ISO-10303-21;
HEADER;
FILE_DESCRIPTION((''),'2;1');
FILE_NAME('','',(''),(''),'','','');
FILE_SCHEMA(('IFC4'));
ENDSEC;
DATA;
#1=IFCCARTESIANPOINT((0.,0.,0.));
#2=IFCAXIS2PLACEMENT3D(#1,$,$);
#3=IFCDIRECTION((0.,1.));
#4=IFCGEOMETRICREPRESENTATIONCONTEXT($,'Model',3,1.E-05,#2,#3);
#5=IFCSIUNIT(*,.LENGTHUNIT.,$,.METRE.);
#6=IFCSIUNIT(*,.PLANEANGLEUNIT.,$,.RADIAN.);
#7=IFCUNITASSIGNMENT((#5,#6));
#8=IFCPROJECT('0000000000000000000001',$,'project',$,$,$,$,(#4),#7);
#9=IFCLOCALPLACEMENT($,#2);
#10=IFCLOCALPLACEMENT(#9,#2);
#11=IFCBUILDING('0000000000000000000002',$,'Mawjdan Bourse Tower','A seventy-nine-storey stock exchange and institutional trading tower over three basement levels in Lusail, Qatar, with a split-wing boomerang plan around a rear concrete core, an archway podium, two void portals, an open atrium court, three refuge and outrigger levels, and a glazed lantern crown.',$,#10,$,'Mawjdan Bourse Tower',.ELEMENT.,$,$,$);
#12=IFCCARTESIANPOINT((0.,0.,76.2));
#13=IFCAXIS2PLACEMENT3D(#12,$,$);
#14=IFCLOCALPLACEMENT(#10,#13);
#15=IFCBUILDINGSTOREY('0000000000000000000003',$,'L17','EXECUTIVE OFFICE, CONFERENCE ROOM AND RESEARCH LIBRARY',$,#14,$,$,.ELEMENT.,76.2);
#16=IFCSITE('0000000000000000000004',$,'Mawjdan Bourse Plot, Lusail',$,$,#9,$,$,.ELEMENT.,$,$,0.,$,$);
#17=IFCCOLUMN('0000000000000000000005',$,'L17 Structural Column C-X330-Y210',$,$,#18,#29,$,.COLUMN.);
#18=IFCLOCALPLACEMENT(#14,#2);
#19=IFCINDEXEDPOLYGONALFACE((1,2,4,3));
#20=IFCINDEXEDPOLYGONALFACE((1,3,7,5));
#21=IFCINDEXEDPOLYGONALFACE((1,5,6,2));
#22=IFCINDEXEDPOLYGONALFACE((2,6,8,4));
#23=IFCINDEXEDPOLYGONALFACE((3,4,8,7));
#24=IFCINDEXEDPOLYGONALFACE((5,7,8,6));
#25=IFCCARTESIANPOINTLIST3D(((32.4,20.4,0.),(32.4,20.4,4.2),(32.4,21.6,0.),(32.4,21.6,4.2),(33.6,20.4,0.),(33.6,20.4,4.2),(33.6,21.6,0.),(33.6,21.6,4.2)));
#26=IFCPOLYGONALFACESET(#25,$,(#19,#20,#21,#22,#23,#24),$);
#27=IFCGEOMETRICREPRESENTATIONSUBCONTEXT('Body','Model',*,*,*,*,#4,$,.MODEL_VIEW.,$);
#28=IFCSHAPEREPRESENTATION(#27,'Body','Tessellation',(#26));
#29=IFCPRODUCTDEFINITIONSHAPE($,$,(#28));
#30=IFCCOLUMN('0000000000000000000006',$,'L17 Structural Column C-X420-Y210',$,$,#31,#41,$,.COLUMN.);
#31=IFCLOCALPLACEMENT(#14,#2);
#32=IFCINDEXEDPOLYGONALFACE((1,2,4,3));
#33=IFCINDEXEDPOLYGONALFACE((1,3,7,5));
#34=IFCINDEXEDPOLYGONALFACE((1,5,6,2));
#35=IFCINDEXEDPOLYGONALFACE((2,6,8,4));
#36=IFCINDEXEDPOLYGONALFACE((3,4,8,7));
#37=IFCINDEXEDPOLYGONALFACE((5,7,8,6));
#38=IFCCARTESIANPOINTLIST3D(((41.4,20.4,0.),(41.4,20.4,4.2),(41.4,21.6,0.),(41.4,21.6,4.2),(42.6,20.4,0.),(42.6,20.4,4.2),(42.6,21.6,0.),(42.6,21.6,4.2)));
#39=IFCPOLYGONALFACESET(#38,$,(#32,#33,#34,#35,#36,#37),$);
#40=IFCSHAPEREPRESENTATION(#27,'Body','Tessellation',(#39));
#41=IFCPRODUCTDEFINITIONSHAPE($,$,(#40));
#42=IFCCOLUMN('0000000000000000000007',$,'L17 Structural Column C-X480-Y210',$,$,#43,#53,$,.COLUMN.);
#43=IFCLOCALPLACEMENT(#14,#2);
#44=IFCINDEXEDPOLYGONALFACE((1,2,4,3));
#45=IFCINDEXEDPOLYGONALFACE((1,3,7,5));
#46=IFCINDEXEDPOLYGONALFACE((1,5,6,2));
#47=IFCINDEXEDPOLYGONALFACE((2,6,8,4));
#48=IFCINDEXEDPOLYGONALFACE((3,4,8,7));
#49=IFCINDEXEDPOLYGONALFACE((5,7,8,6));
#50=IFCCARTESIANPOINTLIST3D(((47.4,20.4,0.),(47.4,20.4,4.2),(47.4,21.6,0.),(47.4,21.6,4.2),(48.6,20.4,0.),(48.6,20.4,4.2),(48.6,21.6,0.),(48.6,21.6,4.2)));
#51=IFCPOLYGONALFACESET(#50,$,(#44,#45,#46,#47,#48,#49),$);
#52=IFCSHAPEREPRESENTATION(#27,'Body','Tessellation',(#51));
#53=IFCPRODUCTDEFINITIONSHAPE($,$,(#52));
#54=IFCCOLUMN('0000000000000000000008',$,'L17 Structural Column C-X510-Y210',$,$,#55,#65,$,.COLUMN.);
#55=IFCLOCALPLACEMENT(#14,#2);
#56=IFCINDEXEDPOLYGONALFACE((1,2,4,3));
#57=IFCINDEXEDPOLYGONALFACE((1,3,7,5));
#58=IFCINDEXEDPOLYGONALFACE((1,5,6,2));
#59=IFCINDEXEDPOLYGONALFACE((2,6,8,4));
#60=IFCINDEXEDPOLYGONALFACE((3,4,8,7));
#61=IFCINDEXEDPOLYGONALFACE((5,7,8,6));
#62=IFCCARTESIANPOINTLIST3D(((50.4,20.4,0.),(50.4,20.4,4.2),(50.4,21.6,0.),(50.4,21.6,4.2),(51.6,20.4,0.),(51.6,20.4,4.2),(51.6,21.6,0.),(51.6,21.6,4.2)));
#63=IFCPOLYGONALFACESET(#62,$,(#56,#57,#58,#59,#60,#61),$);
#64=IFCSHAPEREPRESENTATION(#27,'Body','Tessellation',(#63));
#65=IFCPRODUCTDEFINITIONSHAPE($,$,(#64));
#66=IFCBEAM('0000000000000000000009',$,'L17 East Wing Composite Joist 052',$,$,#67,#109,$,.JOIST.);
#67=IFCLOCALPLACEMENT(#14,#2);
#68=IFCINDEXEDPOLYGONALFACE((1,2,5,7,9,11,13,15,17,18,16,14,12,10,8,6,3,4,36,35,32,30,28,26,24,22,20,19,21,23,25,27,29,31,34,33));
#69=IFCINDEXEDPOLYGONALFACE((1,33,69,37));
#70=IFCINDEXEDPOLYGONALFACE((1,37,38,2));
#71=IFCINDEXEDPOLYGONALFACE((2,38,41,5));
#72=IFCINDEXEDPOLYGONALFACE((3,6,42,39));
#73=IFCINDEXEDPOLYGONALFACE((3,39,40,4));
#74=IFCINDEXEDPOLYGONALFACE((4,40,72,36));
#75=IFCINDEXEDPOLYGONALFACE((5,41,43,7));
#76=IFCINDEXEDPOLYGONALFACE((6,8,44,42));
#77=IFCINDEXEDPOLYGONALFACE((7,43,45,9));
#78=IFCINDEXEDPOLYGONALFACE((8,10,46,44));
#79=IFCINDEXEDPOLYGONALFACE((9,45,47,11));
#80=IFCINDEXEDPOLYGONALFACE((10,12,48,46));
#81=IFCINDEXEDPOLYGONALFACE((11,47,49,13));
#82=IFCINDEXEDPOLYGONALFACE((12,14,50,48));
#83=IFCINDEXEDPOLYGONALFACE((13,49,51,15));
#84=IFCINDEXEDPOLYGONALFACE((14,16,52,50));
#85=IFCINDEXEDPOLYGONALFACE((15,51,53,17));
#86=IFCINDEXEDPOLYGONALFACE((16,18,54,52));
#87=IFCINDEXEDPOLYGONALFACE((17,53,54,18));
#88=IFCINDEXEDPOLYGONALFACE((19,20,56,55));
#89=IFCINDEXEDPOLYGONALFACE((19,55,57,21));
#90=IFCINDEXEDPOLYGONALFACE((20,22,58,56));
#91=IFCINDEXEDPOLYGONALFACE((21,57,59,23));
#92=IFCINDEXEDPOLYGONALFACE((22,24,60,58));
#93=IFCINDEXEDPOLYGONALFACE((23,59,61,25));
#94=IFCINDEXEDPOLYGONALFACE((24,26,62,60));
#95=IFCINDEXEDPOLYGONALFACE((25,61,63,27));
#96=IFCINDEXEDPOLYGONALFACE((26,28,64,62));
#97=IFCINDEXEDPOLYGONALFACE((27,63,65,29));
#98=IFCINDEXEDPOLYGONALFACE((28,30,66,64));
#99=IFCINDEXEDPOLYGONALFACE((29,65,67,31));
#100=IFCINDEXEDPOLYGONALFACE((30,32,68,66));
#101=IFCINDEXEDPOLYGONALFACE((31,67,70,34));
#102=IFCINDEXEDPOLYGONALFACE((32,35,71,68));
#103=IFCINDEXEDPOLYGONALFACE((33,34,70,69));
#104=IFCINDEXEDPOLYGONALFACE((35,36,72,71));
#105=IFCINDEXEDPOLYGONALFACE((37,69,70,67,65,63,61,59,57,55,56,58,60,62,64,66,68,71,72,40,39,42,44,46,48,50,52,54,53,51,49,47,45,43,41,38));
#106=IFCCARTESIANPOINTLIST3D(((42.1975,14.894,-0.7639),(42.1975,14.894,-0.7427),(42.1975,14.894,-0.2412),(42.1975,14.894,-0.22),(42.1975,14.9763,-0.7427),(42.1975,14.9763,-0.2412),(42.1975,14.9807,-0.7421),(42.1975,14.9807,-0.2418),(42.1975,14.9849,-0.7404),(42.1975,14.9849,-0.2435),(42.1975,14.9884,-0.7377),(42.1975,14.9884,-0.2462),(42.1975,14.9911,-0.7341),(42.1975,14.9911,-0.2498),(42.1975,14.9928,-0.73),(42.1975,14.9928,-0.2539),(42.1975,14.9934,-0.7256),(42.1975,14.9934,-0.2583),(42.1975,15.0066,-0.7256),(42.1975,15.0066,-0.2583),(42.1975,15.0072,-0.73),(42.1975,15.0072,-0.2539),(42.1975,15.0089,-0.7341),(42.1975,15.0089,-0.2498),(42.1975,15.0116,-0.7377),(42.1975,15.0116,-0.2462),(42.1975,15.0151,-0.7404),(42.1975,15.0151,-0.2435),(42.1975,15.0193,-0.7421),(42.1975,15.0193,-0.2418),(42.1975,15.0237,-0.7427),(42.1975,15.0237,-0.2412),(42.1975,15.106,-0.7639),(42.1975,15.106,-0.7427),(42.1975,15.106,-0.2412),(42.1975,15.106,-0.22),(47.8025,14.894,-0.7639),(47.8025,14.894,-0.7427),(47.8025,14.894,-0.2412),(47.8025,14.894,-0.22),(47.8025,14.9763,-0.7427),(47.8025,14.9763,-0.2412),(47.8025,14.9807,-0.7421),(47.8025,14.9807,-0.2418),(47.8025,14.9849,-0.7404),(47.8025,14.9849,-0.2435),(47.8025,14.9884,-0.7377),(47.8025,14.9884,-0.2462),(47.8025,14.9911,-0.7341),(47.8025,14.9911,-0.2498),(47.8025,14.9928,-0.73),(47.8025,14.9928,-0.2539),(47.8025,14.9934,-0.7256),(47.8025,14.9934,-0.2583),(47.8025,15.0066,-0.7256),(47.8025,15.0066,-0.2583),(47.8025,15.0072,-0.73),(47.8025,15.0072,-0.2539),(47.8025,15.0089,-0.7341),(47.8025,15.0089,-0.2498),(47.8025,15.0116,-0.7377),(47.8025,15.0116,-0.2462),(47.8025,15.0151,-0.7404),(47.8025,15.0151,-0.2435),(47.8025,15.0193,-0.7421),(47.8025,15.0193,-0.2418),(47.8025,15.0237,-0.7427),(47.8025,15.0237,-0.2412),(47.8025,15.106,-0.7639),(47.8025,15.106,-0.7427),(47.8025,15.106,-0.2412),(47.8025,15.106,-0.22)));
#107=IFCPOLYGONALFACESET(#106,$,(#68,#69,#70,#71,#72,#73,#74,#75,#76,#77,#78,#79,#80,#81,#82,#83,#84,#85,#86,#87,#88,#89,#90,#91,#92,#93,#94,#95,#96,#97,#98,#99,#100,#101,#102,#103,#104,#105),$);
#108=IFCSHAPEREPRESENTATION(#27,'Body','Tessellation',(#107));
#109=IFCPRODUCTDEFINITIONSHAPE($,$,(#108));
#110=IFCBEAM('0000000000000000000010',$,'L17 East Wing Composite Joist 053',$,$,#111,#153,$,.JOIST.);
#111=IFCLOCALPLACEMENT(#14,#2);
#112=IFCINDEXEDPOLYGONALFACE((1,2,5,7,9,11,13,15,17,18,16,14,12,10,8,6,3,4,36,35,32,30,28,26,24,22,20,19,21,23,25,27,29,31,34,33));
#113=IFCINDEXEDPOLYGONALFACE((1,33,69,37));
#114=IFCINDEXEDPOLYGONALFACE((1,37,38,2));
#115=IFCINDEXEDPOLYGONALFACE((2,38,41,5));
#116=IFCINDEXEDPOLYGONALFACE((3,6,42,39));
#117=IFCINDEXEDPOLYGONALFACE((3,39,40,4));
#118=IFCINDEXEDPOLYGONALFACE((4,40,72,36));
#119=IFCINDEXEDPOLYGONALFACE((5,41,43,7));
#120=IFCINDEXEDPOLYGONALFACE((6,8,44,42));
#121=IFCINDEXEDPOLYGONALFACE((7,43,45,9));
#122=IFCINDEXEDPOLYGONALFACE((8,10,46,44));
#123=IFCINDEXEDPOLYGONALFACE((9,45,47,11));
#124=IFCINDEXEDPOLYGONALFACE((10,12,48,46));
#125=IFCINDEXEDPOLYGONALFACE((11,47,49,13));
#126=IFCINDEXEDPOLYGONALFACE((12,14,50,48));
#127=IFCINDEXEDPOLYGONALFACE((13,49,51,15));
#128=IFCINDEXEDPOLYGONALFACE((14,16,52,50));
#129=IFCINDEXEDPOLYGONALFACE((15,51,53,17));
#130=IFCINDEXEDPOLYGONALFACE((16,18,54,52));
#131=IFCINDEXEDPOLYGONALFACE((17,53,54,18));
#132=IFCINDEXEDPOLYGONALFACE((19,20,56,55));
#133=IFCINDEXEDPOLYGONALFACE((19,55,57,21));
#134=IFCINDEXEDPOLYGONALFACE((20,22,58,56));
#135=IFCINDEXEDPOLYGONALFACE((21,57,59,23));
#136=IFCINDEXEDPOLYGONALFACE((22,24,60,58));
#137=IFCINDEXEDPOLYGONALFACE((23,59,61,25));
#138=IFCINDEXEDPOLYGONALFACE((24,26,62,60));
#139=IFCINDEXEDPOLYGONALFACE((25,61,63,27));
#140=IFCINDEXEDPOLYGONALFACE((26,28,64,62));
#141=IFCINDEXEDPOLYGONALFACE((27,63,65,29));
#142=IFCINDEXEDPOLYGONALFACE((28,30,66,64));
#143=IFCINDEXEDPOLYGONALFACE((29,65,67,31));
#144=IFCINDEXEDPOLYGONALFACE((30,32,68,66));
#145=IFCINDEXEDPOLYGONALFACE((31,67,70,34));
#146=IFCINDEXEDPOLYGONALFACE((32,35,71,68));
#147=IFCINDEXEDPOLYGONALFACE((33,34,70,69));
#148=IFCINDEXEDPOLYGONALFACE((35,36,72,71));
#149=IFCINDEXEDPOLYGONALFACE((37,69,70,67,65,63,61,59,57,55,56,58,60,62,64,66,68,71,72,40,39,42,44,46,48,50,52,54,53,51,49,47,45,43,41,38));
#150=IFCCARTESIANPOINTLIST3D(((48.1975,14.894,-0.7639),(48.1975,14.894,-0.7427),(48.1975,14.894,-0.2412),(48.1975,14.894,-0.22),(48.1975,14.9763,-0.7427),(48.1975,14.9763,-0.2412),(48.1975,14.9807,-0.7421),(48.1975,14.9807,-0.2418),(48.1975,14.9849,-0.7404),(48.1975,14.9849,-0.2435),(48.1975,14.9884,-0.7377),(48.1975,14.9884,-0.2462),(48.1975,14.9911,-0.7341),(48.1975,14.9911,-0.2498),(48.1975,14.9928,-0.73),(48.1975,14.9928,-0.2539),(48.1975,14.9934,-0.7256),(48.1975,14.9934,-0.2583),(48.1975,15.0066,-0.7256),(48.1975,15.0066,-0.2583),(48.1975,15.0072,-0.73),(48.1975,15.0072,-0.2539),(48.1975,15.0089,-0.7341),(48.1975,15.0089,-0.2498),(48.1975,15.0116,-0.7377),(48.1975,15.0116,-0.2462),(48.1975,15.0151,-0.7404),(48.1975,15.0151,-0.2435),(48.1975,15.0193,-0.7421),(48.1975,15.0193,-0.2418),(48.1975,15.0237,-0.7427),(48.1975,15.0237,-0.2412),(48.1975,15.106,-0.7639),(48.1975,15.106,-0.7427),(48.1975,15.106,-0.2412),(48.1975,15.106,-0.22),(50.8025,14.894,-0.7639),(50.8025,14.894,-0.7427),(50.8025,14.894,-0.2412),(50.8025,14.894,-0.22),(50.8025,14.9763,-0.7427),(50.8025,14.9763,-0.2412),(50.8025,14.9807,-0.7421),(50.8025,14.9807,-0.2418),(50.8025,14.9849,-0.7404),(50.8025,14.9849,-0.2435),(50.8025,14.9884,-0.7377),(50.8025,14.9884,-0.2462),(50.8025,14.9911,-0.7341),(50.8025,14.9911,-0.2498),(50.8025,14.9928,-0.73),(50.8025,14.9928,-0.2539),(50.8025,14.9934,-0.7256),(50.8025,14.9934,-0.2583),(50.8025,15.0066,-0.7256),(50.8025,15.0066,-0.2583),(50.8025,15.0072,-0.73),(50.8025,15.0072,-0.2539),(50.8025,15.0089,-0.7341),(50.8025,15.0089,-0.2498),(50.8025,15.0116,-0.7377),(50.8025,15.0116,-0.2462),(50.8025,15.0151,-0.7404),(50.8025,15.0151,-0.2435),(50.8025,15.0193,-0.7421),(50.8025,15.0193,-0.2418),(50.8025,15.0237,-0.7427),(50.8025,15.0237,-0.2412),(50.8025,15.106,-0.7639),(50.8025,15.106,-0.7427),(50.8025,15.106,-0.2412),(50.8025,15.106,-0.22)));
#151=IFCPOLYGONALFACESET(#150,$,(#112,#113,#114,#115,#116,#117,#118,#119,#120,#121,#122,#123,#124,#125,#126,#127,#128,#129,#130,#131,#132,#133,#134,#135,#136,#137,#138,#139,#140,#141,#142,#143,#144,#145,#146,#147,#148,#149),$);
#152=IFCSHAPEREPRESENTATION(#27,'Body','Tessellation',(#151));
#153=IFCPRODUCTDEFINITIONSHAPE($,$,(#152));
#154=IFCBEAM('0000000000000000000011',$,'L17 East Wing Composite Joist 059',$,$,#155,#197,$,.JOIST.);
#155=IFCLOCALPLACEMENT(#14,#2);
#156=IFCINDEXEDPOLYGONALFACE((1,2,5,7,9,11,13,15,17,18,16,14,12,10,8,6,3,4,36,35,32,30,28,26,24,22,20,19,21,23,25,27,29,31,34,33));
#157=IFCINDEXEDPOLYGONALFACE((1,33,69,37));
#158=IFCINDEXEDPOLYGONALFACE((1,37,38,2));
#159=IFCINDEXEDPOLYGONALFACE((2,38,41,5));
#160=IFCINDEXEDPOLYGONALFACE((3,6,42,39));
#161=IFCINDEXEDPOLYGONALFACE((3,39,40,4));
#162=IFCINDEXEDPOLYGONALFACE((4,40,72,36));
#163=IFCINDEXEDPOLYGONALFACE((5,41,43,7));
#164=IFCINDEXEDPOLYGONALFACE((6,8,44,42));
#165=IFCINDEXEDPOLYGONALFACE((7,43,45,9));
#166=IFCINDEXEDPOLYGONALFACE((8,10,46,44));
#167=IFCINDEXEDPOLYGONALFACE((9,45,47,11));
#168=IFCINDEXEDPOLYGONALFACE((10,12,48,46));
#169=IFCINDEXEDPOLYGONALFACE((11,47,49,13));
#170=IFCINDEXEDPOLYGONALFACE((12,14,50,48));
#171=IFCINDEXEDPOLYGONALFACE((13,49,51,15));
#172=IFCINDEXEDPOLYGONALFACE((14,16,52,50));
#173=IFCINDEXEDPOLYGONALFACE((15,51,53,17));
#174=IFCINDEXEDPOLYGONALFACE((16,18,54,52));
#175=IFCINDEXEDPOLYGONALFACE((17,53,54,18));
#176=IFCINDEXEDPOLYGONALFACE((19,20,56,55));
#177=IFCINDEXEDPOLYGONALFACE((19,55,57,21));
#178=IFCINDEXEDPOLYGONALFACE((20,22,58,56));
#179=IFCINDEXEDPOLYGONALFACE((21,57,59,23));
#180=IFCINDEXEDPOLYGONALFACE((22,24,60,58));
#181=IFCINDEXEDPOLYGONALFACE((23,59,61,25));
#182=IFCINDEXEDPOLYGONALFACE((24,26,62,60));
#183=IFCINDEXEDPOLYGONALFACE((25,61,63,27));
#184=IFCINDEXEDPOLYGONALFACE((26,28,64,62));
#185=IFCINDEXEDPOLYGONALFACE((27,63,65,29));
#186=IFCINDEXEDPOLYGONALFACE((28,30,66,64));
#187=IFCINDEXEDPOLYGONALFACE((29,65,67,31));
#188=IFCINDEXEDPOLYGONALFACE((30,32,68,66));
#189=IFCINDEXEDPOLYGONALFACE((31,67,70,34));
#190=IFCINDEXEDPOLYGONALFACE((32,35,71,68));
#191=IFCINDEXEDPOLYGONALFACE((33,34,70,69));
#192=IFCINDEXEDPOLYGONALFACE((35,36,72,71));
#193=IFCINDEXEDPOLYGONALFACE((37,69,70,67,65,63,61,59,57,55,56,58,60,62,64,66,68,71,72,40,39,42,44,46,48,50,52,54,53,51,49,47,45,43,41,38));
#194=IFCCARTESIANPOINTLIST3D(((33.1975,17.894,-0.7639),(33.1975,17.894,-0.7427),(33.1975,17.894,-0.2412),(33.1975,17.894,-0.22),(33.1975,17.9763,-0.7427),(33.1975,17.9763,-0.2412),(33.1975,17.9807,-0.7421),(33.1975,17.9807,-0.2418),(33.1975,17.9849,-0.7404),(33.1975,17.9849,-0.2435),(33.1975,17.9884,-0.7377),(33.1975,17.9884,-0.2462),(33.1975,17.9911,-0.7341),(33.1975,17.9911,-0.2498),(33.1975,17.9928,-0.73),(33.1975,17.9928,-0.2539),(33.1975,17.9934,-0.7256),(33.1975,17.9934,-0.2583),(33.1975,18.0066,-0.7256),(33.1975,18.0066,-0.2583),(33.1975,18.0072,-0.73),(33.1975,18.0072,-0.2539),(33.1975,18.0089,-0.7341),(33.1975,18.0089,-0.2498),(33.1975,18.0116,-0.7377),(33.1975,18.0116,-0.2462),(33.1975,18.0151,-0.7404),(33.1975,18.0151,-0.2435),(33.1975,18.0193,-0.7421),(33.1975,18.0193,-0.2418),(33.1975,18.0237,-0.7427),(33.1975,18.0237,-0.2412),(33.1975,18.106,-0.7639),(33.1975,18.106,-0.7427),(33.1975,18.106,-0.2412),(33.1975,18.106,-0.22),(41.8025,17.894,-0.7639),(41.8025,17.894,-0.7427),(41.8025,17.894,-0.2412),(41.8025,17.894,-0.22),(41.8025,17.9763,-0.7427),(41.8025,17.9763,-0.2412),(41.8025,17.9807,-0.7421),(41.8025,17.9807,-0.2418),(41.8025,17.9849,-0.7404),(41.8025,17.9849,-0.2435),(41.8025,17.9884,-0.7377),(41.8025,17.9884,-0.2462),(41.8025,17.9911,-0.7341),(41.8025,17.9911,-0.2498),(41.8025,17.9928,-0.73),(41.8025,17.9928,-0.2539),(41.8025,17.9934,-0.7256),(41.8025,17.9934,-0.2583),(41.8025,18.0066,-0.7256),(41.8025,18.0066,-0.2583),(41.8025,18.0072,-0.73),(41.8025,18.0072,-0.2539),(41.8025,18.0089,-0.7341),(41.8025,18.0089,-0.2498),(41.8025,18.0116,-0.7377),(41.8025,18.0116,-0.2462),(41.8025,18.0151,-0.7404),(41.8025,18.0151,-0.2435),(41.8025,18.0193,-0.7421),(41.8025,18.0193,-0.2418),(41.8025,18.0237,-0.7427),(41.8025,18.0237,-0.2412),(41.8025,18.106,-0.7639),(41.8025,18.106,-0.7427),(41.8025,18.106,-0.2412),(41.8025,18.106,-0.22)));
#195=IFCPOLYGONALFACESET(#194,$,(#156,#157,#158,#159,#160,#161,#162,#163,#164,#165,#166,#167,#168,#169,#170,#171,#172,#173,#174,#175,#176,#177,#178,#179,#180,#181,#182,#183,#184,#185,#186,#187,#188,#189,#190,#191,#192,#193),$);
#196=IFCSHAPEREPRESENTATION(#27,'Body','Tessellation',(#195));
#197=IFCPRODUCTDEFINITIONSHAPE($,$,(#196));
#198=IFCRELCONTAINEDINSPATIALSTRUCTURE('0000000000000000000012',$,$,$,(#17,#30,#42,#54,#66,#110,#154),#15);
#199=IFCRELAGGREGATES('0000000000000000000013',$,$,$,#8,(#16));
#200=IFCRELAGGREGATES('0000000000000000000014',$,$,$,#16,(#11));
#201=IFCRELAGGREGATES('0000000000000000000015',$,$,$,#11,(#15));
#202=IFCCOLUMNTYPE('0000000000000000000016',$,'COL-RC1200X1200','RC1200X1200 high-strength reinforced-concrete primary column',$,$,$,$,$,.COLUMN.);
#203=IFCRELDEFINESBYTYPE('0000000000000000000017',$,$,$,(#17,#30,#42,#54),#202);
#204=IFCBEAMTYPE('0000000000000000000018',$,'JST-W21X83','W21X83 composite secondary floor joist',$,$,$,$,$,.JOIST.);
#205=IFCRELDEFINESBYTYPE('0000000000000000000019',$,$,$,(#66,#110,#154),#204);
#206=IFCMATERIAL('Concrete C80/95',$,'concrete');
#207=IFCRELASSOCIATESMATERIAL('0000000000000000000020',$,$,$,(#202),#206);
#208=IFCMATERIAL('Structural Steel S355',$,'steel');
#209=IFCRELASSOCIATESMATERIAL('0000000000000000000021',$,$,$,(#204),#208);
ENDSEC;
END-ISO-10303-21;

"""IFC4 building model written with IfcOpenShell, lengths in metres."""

from ifc_helpers import new_model, si_unit, direction, frame, origin, origin_2d, place, context, subcontext, project, spatial, rectangle, i_section, extrude, material, material_profile, profile_set, type_object, element, save


model = new_model("IFC4")

# Units and contexts
model_context = context("Model", 3, precision=1e-05, world=origin(), true_north=direction((0.0, 1.0)))
body_context = subcontext(model_context, "Body", "Model", "MODEL_VIEW")
ifc_project = project(units=[si_unit("LENGTHUNIT", "METRE"), si_unit("PLANEANGLEUNIT", "RADIAN")], contexts=[model_context])

# Site, building, storey
site_placement = place(None, origin())
site = spatial("IfcSite", under=ifc_project, at=site_placement, Name="Mawjdan Bourse Plot, Lusail", CompositionType="ELEMENT", RefElevation=0.0)
building_placement = place(site_placement, origin())
building = spatial("IfcBuilding", under=site, at=building_placement, Name="Mawjdan Bourse Tower", Description="A seventy-nine-storey stock exchange and institutional trading tower over three basement levels in Lusail, Qatar, with a split-wing boomerang plan around a rear concrete core, an archway podium, two void portals, an open atrium court, three refuge and outrigger levels, and a glazed lantern crown.", LongName="Mawjdan Bourse Tower", CompositionType="ELEMENT")
storey_placement = place(building_placement, frame((0.0, 0.0, 76.2)))
storey = spatial("IfcBuildingStorey", under=building, at=storey_placement, Name="L17", Description="EXECUTIVE OFFICE, CONFERENCE ROOM AND RESEARCH LIBRARY", CompositionType="ELEMENT", Elevation=76.2)

# Columns
ifc_material_1 = material(Name="Concrete C80/95", Category="concrete")
ifc_material_profile_1 = material_profile(ifc_material_1, rectangle(XDim=1.2, YDim=1.2, at=origin_2d()), Name="RC1200X1200")
ifc_profile_set_1 = profile_set([ifc_material_profile_1], Name="Concrete C80/95")
column_type = type_object("IfcColumnType", Name="COL-RC1200X1200", Description="RC1200X1200 high-strength reinforced-concrete primary column", PredefinedType="COLUMN", material=ifc_profile_set_1)
for number, where, z_axis, x_axis, name in (
    (1, (33.0, 21.0, 0.0), (0.0, 0.0, 1.0), (1.0, 0.0, 0.0), "L17 Structural Column C-X330-Y210"),
    (2, (42.0, 21.0, 0.0), (0.0, 0.0, 1.0), (1.0, 0.0, 0.0), "L17 Structural Column C-X420-Y210"),
    (3, (48.0, 21.0, 0.0), (0.0, 0.0, 1.0), (1.0, 0.0, 0.0), "L17 Structural Column C-X480-Y210"),
    (4, (51.0, 21.0, 0.0), (0.0, 0.0, 1.0), (1.0, 0.0, 0.0), "L17 Structural Column C-X510-Y210"),
):
    element("IfcColumn", number, at=place(storey_placement, frame(where, z_axis=z_axis, x_axis=x_axis)), inside=storey, type_object=column_type, Name=name, PredefinedType="COLUMN", context=body_context, shape_type="SweptSolid", body=[
        extrude(rectangle(XDim=1.2, YDim=1.2, at=origin_2d()), origin(), (0.0, 0.0, 1.0), 4.2),
    ])

# Beams
ifc_material_2 = material(Name="Structural Steel S355", Category="steel")
ifc_material_profile_2 = material_profile(ifc_material_2, i_section(OverallWidth=0.2119, OverallDepth=0.5439, WebThickness=0.0132, FlangeThickness=0.0212, FilletRadius=0.0171, at=origin_2d()), Name="W21X83")
ifc_profile_set_2 = profile_set([ifc_material_profile_2], Name="Structural Steel S355")
beam_type_1 = type_object("IfcBeamType", Name="JST-W21X83", Description="W21X83 composite secondary floor joist", PredefinedType="JOIST", material=ifc_profile_set_2)
beam_1_placement = place(storey_placement, frame((42.1975, 15.0, -0.4919), z_axis=(1.0, 0.0, 0.0), x_axis=(0.0, 1.0, 0.0)))
element("IfcBeam", 5, at=beam_1_placement, inside=storey, type_object=beam_type_1, Name="L17 East Wing Composite Joist 052", PredefinedType="JOIST", context=body_context, shape_type="SweptSolid", body=[
    extrude(i_section(OverallWidth=0.2119, OverallDepth=0.5439, WebThickness=0.0132, FlangeThickness=0.0212, FilletRadius=0.0171, at=origin_2d()), origin(), (0.0, 0.0, 1.0), 5.605),
])
beam_2_placement = place(storey_placement, frame((48.1975, 15.0, -0.4919), z_axis=(1.0, 0.0, 0.0), x_axis=(0.0, 1.0, 0.0)))
element("IfcBeam", 6, at=beam_2_placement, inside=storey, type_object=beam_type_1, Name="L17 East Wing Composite Joist 053", PredefinedType="JOIST", context=body_context, shape_type="SweptSolid", body=[
    extrude(i_section(OverallWidth=0.2119, OverallDepth=0.5439, WebThickness=0.0132, FlangeThickness=0.0212, FilletRadius=0.0171, at=origin_2d()), origin(), (0.0, 0.0, 1.0), 2.605),
])
beam_3_placement = place(storey_placement, frame((33.1975, 18.0, -0.4919), z_axis=(1.0, 0.0, 0.0), x_axis=(0.0, 1.0, 0.0)))
element("IfcBeam", 7, at=beam_3_placement, inside=storey, type_object=beam_type_1, Name="L17 East Wing Composite Joist 059", PredefinedType="JOIST", context=body_context, shape_type="SweptSolid", body=[
    extrude(i_section(OverallWidth=0.2119, OverallDepth=0.5439, WebThickness=0.0132, FlangeThickness=0.0212, FilletRadius=0.0171, at=origin_2d()), origin(), (0.0, 0.0, 1.0), 8.605),
])

save(model, "model.ifc")
